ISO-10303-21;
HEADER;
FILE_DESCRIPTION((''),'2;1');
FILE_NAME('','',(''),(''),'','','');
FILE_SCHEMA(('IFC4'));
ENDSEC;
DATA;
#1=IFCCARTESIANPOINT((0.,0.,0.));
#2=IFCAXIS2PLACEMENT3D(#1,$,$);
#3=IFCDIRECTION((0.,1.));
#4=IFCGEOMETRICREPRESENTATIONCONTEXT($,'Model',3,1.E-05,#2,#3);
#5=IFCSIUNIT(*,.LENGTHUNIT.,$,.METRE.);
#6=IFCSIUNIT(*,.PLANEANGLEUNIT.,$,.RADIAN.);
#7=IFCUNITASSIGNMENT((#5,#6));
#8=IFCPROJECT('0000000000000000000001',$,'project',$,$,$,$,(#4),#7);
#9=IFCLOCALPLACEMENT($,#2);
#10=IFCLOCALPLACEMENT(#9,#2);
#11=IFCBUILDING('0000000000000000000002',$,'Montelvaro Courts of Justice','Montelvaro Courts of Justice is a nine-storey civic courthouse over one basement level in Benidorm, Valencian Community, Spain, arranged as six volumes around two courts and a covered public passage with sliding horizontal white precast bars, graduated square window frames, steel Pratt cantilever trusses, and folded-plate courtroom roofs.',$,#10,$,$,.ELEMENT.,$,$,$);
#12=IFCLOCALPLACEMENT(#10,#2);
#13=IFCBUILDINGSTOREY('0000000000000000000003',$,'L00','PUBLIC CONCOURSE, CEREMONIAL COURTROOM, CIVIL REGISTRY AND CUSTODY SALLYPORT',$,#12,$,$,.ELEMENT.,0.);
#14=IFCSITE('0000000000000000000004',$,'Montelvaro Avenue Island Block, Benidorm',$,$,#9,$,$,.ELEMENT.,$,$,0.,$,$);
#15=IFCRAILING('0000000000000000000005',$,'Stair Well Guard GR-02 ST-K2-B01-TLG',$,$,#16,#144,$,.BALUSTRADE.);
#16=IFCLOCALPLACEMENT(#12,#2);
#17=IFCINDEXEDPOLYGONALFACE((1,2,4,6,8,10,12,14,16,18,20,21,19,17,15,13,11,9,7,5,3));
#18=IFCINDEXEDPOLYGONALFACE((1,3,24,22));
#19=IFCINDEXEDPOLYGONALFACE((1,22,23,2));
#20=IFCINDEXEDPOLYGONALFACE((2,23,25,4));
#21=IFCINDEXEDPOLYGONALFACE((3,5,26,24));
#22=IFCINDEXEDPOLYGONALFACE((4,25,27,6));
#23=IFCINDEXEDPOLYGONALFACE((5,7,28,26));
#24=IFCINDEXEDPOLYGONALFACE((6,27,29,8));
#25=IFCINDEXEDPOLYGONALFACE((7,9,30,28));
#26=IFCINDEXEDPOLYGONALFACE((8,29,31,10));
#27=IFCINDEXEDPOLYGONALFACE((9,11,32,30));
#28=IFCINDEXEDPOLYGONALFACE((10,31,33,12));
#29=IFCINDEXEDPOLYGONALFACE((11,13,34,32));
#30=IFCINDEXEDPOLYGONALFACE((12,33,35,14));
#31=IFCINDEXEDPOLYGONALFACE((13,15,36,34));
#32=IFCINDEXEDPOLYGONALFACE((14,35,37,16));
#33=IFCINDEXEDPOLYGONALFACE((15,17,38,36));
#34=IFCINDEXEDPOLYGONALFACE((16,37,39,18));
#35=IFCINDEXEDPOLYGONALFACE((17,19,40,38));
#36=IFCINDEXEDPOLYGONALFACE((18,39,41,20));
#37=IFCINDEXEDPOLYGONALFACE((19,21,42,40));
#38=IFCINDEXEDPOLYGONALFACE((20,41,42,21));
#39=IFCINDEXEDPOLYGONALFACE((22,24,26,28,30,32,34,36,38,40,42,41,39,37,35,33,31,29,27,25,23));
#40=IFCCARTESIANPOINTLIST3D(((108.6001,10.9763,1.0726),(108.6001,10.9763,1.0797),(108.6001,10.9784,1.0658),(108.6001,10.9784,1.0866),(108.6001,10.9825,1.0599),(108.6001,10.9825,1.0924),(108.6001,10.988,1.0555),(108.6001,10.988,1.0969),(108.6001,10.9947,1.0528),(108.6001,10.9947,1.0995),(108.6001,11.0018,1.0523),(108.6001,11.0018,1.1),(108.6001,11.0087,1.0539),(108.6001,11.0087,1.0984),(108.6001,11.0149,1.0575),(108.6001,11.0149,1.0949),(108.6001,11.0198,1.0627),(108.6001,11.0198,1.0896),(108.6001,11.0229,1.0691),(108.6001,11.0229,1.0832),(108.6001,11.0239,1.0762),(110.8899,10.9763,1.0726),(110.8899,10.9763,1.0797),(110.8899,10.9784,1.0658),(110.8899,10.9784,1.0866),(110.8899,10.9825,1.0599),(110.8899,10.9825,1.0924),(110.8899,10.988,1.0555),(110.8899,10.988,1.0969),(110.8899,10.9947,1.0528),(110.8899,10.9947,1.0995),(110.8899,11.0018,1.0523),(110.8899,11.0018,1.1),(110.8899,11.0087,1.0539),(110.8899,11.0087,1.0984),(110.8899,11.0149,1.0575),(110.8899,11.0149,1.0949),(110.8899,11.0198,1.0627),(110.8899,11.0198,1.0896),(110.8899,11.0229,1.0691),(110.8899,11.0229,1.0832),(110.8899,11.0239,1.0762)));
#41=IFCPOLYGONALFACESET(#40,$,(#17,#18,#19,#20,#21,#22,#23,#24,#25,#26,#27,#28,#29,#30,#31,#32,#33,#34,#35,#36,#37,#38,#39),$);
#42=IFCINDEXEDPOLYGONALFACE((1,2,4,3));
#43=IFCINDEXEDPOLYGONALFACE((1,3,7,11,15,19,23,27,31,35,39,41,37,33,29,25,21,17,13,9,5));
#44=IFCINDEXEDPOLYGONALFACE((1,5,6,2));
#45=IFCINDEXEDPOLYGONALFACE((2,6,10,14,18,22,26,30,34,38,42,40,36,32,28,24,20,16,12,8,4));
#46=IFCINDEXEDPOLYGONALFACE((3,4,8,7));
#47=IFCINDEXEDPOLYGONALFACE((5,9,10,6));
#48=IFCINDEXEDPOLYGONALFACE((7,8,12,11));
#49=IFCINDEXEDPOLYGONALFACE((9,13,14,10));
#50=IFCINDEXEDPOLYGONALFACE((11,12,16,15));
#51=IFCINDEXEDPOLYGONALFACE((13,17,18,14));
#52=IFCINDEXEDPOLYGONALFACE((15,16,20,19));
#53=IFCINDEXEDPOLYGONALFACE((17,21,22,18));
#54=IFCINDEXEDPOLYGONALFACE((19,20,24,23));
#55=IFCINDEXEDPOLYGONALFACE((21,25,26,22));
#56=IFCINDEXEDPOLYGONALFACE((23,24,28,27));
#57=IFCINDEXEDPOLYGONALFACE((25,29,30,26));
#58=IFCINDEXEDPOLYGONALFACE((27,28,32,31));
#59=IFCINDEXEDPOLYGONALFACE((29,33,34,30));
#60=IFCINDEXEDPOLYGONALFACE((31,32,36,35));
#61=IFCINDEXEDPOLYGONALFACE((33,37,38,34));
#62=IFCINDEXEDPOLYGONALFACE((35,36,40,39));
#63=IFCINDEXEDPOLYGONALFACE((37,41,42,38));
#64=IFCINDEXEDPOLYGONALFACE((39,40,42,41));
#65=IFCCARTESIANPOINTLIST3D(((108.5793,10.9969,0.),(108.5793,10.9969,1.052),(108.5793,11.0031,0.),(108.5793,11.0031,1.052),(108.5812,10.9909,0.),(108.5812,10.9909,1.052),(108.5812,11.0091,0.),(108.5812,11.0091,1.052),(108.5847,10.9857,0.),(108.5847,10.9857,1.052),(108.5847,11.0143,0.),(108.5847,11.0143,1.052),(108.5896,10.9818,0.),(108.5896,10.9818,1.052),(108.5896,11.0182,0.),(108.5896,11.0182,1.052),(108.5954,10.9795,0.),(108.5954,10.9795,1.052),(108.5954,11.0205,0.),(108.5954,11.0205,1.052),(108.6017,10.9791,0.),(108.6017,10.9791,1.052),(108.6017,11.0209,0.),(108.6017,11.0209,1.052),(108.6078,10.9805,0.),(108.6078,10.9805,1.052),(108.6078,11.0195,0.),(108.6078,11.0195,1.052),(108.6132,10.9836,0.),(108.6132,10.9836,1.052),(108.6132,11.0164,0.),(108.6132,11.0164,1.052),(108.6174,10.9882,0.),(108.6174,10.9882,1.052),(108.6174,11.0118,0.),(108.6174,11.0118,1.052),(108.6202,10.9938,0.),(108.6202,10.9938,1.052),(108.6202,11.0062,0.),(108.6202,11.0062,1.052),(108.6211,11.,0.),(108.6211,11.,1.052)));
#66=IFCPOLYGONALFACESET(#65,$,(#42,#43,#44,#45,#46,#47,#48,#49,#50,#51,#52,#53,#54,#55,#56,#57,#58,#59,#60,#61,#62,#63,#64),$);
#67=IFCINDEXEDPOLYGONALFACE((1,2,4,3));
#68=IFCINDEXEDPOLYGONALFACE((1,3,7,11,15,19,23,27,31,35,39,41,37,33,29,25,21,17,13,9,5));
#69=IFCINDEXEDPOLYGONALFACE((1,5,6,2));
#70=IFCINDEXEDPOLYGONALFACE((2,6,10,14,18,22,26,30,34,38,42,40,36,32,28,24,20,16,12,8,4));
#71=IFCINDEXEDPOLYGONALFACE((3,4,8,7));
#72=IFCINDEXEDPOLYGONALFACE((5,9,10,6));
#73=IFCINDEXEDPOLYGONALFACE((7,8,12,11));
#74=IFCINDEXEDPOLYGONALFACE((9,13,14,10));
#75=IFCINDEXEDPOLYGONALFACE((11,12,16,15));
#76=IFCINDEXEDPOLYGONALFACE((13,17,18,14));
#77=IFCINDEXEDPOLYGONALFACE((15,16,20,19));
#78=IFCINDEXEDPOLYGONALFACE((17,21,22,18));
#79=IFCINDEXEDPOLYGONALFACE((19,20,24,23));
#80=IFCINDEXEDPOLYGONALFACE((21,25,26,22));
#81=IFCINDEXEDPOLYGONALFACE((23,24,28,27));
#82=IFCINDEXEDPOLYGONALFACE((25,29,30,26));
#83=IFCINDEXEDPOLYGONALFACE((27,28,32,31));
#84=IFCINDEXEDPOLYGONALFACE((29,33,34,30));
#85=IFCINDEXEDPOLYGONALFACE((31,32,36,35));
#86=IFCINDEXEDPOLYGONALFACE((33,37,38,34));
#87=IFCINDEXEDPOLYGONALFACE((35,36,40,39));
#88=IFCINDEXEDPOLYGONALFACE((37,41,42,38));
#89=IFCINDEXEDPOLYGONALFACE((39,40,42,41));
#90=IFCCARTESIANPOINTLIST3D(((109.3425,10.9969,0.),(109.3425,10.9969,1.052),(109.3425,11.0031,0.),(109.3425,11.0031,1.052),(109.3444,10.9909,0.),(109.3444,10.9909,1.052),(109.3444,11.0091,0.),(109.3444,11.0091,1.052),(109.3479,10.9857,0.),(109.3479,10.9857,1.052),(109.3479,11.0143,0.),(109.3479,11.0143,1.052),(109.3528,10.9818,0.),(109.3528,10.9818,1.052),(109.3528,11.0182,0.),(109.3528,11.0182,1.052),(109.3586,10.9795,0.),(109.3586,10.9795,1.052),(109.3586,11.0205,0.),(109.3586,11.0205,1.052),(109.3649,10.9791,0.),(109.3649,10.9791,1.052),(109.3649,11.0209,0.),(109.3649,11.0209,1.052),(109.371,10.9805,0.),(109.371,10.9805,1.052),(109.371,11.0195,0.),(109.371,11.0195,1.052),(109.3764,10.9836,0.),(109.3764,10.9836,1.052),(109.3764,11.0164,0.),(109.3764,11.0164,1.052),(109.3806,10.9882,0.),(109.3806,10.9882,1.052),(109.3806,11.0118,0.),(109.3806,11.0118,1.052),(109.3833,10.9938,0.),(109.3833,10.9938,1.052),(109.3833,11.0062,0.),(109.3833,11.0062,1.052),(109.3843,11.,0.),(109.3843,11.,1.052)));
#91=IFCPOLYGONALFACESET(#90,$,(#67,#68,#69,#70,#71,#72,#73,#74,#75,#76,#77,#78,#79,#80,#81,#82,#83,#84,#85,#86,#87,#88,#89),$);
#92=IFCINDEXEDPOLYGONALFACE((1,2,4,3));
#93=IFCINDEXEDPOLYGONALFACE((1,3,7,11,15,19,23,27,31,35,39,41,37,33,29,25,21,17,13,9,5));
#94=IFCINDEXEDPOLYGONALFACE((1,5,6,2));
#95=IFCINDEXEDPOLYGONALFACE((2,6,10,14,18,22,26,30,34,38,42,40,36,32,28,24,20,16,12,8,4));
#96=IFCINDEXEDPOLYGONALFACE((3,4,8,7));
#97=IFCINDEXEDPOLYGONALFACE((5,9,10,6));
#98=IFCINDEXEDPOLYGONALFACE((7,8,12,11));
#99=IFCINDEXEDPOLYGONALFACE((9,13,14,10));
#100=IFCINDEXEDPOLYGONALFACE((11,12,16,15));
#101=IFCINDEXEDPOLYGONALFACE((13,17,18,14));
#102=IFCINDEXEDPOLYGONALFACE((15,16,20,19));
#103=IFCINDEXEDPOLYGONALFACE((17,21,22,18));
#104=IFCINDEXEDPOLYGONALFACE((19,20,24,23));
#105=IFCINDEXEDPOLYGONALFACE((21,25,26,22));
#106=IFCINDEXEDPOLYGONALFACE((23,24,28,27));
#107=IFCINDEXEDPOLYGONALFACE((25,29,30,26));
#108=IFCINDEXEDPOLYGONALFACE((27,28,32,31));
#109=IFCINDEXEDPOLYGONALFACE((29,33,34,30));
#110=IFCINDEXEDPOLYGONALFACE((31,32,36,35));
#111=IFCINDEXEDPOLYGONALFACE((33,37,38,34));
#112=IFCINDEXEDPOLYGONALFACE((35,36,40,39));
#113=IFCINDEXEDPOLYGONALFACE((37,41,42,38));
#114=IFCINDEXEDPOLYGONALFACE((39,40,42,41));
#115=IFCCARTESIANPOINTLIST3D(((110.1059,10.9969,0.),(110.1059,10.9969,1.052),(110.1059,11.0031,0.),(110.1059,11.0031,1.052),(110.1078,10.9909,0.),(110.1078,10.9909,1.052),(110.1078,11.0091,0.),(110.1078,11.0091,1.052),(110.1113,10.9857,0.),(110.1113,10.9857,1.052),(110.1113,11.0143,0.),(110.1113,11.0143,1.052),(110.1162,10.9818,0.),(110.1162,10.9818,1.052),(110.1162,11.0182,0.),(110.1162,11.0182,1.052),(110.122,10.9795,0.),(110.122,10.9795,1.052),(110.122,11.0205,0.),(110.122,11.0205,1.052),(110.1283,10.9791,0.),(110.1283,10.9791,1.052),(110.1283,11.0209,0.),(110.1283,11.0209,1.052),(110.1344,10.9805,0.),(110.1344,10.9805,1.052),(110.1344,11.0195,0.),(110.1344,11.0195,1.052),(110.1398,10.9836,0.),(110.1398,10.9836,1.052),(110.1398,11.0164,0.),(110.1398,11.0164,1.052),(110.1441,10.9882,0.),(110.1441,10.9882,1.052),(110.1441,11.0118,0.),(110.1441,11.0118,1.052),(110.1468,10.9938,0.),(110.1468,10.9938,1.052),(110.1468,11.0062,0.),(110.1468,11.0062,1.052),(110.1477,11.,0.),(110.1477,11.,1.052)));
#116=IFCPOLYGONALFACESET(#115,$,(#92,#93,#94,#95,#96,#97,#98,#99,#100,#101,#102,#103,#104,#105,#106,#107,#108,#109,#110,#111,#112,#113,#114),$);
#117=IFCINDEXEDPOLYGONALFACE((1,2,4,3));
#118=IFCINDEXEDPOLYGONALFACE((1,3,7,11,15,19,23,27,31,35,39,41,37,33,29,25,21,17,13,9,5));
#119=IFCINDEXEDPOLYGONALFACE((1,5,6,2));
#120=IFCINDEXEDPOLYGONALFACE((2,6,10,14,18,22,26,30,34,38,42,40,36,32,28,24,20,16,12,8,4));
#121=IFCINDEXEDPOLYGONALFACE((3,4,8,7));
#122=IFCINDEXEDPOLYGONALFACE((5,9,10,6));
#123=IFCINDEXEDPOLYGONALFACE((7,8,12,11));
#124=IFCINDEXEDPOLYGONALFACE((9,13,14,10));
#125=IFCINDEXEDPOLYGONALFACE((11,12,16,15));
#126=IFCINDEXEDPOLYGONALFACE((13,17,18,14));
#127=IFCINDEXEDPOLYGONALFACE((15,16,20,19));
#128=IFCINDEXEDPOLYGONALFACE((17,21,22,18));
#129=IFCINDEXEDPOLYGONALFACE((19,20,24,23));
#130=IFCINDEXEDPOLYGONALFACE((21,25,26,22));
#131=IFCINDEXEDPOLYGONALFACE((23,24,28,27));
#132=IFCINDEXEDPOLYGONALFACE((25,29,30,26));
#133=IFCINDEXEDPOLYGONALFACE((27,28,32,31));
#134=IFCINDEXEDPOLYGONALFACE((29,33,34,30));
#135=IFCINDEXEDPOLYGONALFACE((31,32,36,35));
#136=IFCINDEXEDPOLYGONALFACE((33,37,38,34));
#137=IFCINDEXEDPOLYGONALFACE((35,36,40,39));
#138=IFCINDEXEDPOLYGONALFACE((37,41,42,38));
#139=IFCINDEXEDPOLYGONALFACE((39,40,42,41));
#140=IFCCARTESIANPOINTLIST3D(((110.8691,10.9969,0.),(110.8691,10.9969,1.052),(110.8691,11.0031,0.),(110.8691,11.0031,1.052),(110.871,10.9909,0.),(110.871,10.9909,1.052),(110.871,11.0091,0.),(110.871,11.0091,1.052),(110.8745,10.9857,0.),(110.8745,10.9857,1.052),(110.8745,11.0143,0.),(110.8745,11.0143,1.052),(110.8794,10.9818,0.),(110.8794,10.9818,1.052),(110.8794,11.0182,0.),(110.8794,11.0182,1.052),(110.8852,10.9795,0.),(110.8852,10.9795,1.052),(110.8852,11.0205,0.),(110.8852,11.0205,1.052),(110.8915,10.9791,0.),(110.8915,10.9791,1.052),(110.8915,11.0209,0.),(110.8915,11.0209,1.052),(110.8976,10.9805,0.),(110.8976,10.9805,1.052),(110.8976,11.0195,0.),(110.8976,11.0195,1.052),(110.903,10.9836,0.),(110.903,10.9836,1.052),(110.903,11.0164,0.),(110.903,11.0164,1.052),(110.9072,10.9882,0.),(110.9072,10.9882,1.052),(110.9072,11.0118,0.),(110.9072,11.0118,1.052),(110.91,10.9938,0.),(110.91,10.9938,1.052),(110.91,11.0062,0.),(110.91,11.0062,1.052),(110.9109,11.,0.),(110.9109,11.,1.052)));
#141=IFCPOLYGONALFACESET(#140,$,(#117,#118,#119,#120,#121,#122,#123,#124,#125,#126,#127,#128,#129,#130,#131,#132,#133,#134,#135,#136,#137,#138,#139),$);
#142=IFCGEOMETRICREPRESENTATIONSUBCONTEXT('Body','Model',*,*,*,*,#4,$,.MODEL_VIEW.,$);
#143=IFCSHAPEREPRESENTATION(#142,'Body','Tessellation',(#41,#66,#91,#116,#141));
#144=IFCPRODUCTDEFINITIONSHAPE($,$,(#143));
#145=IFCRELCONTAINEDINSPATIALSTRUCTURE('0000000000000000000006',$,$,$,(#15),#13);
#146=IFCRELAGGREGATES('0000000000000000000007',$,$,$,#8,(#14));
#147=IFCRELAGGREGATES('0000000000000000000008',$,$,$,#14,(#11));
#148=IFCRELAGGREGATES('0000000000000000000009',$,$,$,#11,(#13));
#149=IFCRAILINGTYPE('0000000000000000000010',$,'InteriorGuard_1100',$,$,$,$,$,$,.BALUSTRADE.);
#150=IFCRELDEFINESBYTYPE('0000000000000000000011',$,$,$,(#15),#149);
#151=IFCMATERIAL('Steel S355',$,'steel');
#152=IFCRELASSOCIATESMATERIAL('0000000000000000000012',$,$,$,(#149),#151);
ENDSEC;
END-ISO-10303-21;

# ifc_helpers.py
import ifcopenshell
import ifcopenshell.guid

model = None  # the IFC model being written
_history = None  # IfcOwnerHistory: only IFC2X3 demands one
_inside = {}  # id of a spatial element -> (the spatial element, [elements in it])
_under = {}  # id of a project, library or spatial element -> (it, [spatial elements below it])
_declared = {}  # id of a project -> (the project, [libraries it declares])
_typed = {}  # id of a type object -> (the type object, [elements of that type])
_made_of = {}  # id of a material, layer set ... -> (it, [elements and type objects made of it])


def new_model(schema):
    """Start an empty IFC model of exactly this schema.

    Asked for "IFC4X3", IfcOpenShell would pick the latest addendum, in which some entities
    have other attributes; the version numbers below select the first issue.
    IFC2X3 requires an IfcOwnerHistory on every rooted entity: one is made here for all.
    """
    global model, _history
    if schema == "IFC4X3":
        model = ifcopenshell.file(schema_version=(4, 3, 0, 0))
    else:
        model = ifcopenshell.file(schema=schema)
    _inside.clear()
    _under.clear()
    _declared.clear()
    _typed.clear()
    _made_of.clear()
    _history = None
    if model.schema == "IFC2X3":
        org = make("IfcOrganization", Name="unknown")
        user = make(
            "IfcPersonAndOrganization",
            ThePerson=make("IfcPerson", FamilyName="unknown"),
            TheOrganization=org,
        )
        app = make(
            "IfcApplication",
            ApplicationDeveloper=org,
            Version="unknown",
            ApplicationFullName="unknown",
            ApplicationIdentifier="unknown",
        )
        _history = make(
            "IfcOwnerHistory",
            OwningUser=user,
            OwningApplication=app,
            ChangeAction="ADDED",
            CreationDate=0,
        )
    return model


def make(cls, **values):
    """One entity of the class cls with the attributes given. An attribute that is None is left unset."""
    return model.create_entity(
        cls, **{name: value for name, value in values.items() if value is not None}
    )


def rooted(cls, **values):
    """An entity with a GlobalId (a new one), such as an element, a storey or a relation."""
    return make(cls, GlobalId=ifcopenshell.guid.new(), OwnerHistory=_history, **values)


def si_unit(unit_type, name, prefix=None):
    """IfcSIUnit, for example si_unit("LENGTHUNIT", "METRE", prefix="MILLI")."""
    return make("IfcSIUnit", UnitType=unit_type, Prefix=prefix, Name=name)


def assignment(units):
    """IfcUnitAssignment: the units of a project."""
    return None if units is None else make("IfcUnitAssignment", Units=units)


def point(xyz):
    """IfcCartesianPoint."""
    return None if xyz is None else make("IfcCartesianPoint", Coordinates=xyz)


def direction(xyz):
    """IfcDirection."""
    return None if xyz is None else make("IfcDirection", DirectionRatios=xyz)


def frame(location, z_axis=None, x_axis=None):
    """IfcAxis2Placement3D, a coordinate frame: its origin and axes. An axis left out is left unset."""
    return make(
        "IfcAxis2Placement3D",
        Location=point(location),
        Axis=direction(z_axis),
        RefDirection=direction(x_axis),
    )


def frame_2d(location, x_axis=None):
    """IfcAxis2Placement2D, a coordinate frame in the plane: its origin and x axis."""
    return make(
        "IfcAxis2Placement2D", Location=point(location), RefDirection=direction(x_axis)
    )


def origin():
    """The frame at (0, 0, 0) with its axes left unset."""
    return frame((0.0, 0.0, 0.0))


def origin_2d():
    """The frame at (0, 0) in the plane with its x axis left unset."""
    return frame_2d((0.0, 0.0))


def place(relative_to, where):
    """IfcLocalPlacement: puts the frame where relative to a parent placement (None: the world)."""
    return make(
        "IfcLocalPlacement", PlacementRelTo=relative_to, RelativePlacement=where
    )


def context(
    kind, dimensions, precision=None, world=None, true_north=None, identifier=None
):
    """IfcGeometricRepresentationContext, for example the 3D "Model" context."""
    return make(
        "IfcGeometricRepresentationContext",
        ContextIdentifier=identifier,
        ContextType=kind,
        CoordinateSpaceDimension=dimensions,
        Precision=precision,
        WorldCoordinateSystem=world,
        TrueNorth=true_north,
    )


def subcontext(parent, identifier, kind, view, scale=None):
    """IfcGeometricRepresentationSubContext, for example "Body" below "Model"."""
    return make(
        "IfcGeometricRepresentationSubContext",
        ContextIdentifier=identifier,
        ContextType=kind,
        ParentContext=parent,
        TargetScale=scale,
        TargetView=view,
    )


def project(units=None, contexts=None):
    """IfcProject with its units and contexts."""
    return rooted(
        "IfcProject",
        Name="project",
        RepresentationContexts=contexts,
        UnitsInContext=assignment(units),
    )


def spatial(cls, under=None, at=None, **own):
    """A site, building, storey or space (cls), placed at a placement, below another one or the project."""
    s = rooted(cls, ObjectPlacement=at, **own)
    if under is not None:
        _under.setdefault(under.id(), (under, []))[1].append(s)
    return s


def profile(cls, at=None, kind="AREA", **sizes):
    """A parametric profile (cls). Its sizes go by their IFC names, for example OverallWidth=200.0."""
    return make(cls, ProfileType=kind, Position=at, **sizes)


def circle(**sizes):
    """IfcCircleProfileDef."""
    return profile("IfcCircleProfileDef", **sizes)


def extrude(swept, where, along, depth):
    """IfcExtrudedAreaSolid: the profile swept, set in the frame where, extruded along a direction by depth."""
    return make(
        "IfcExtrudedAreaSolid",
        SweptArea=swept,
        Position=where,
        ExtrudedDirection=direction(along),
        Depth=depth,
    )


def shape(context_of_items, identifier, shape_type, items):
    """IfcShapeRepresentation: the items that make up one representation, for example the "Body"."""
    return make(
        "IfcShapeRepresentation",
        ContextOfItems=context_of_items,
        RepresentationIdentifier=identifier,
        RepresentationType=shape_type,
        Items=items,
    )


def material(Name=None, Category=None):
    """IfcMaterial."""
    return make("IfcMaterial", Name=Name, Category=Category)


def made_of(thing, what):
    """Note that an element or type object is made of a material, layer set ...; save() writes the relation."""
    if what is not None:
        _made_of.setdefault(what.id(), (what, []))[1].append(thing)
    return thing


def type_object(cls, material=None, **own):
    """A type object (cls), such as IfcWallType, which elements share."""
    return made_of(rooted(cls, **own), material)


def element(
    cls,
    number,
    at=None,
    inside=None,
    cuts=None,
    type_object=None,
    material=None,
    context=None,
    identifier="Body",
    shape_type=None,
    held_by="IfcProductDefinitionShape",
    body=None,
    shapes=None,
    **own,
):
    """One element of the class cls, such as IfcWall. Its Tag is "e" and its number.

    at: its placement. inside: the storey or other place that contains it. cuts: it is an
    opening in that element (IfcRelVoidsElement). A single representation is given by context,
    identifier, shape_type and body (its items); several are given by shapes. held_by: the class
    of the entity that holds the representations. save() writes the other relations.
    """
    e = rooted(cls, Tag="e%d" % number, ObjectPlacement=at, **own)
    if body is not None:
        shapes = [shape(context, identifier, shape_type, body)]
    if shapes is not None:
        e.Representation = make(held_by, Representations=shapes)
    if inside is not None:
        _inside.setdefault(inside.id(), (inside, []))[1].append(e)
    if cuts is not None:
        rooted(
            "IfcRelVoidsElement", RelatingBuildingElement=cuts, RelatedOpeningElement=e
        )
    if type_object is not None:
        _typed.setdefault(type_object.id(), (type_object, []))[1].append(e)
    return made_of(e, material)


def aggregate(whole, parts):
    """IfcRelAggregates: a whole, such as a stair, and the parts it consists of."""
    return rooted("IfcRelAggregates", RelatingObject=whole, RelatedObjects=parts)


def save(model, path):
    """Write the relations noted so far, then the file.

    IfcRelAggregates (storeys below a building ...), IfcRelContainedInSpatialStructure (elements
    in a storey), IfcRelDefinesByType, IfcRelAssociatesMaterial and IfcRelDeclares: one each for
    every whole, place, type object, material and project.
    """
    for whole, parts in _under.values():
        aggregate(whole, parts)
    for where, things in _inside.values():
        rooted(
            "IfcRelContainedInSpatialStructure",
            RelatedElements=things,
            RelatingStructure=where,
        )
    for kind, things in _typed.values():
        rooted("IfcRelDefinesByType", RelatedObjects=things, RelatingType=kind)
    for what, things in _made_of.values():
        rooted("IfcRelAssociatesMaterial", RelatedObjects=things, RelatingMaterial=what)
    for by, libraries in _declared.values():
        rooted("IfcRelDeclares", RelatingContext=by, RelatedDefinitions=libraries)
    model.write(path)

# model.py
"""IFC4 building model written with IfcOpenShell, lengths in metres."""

from ifc_helpers import new_model, si_unit, direction, frame, origin, origin_2d, place, context, subcontext, project, spatial, circle, extrude, material, type_object, element, save


model = new_model("IFC4")

# Units and contexts
model_context = context("Model", 3, precision=1e-05, world=origin(), true_north=direction((0.0, 1.0)))
body_context = subcontext(model_context, "Body", "Model", "MODEL_VIEW")
ifc_project = project(units=[si_unit("LENGTHUNIT", "METRE"), si_unit("PLANEANGLEUNIT", "RADIAN")], contexts=[model_context])

# Site, building, storey
site_placement = place(None, origin())
site = spatial("IfcSite", under=ifc_project, at=site_placement, Name="Montelvaro Avenue Island Block, Benidorm", CompositionType="ELEMENT", RefElevation=0.0)
building_placement = place(site_placement, origin())
building = spatial("IfcBuilding", under=site, at=building_placement, Name="Montelvaro Courts of Justice", Description="Montelvaro Courts of Justice is a nine-storey civic courthouse over one basement level in Benidorm, Valencian Community, Spain, arranged as six volumes around two courts and a covered public passage with sliding horizontal white precast bars, graduated square window frames, steel Pratt cantilever trusses, and folded-plate courtroom roofs.", CompositionType="ELEMENT")
storey_placement = place(building_placement, origin())
storey = spatial("IfcBuildingStorey", under=building, at=storey_placement, Name="L00", Description="PUBLIC CONCOURSE, CEREMONIAL COURTROOM, CIVIL REGISTRY AND CUSTODY SALLYPORT", CompositionType="ELEMENT", Elevation=0.0)

# Shared definitions
ifc_material_1 = material(Name="Steel S355", Category="steel")

# Railing
railing_type_1 = type_object("IfcRailingType", Name="InteriorGuard_1100", PredefinedType="BALUSTRADE", material=ifc_material_1)
railing_1_placement = place(storey_placement, frame((108.6001, 11.0, 0.0)))
element("IfcRailing", 1, at=railing_1_placement, inside=storey, type_object=railing_type_1, Name="Stair Well Guard GR-02 ST-K2-B01-TLG", PredefinedType="BALUSTRADE", context=body_context, shape_type="SweptSolid", body=[
    extrude(circle(Radius=0.0239, at=origin_2d()), frame((0.0, 0.0, 1.0762), z_axis=(1.0, 0.0, 0.0), x_axis=(0.0, 1.0, 0.0)), (0.0, 0.0, 1.0), 2.2898),
    extrude(circle(Radius=0.021, at=origin_2d()), origin(), (0.0, 0.0, 1.0), 1.052),
    extrude(circle(Radius=0.021, at=origin_2d()), frame((0.7632, 0.0, 0.0)), (0.0, 0.0, 1.0), 1.052),
    extrude(circle(Radius=0.021, at=origin_2d()), frame((1.5266, 0.0, 0.0)), (0.0, 0.0, 1.0), 1.052),
    extrude(circle(Radius=0.021, at=origin_2d()), frame((2.2898, 0.0, 0.0)), (0.0, 0.0, 1.0), 1.052),
])

save(model, "model.ifc")
